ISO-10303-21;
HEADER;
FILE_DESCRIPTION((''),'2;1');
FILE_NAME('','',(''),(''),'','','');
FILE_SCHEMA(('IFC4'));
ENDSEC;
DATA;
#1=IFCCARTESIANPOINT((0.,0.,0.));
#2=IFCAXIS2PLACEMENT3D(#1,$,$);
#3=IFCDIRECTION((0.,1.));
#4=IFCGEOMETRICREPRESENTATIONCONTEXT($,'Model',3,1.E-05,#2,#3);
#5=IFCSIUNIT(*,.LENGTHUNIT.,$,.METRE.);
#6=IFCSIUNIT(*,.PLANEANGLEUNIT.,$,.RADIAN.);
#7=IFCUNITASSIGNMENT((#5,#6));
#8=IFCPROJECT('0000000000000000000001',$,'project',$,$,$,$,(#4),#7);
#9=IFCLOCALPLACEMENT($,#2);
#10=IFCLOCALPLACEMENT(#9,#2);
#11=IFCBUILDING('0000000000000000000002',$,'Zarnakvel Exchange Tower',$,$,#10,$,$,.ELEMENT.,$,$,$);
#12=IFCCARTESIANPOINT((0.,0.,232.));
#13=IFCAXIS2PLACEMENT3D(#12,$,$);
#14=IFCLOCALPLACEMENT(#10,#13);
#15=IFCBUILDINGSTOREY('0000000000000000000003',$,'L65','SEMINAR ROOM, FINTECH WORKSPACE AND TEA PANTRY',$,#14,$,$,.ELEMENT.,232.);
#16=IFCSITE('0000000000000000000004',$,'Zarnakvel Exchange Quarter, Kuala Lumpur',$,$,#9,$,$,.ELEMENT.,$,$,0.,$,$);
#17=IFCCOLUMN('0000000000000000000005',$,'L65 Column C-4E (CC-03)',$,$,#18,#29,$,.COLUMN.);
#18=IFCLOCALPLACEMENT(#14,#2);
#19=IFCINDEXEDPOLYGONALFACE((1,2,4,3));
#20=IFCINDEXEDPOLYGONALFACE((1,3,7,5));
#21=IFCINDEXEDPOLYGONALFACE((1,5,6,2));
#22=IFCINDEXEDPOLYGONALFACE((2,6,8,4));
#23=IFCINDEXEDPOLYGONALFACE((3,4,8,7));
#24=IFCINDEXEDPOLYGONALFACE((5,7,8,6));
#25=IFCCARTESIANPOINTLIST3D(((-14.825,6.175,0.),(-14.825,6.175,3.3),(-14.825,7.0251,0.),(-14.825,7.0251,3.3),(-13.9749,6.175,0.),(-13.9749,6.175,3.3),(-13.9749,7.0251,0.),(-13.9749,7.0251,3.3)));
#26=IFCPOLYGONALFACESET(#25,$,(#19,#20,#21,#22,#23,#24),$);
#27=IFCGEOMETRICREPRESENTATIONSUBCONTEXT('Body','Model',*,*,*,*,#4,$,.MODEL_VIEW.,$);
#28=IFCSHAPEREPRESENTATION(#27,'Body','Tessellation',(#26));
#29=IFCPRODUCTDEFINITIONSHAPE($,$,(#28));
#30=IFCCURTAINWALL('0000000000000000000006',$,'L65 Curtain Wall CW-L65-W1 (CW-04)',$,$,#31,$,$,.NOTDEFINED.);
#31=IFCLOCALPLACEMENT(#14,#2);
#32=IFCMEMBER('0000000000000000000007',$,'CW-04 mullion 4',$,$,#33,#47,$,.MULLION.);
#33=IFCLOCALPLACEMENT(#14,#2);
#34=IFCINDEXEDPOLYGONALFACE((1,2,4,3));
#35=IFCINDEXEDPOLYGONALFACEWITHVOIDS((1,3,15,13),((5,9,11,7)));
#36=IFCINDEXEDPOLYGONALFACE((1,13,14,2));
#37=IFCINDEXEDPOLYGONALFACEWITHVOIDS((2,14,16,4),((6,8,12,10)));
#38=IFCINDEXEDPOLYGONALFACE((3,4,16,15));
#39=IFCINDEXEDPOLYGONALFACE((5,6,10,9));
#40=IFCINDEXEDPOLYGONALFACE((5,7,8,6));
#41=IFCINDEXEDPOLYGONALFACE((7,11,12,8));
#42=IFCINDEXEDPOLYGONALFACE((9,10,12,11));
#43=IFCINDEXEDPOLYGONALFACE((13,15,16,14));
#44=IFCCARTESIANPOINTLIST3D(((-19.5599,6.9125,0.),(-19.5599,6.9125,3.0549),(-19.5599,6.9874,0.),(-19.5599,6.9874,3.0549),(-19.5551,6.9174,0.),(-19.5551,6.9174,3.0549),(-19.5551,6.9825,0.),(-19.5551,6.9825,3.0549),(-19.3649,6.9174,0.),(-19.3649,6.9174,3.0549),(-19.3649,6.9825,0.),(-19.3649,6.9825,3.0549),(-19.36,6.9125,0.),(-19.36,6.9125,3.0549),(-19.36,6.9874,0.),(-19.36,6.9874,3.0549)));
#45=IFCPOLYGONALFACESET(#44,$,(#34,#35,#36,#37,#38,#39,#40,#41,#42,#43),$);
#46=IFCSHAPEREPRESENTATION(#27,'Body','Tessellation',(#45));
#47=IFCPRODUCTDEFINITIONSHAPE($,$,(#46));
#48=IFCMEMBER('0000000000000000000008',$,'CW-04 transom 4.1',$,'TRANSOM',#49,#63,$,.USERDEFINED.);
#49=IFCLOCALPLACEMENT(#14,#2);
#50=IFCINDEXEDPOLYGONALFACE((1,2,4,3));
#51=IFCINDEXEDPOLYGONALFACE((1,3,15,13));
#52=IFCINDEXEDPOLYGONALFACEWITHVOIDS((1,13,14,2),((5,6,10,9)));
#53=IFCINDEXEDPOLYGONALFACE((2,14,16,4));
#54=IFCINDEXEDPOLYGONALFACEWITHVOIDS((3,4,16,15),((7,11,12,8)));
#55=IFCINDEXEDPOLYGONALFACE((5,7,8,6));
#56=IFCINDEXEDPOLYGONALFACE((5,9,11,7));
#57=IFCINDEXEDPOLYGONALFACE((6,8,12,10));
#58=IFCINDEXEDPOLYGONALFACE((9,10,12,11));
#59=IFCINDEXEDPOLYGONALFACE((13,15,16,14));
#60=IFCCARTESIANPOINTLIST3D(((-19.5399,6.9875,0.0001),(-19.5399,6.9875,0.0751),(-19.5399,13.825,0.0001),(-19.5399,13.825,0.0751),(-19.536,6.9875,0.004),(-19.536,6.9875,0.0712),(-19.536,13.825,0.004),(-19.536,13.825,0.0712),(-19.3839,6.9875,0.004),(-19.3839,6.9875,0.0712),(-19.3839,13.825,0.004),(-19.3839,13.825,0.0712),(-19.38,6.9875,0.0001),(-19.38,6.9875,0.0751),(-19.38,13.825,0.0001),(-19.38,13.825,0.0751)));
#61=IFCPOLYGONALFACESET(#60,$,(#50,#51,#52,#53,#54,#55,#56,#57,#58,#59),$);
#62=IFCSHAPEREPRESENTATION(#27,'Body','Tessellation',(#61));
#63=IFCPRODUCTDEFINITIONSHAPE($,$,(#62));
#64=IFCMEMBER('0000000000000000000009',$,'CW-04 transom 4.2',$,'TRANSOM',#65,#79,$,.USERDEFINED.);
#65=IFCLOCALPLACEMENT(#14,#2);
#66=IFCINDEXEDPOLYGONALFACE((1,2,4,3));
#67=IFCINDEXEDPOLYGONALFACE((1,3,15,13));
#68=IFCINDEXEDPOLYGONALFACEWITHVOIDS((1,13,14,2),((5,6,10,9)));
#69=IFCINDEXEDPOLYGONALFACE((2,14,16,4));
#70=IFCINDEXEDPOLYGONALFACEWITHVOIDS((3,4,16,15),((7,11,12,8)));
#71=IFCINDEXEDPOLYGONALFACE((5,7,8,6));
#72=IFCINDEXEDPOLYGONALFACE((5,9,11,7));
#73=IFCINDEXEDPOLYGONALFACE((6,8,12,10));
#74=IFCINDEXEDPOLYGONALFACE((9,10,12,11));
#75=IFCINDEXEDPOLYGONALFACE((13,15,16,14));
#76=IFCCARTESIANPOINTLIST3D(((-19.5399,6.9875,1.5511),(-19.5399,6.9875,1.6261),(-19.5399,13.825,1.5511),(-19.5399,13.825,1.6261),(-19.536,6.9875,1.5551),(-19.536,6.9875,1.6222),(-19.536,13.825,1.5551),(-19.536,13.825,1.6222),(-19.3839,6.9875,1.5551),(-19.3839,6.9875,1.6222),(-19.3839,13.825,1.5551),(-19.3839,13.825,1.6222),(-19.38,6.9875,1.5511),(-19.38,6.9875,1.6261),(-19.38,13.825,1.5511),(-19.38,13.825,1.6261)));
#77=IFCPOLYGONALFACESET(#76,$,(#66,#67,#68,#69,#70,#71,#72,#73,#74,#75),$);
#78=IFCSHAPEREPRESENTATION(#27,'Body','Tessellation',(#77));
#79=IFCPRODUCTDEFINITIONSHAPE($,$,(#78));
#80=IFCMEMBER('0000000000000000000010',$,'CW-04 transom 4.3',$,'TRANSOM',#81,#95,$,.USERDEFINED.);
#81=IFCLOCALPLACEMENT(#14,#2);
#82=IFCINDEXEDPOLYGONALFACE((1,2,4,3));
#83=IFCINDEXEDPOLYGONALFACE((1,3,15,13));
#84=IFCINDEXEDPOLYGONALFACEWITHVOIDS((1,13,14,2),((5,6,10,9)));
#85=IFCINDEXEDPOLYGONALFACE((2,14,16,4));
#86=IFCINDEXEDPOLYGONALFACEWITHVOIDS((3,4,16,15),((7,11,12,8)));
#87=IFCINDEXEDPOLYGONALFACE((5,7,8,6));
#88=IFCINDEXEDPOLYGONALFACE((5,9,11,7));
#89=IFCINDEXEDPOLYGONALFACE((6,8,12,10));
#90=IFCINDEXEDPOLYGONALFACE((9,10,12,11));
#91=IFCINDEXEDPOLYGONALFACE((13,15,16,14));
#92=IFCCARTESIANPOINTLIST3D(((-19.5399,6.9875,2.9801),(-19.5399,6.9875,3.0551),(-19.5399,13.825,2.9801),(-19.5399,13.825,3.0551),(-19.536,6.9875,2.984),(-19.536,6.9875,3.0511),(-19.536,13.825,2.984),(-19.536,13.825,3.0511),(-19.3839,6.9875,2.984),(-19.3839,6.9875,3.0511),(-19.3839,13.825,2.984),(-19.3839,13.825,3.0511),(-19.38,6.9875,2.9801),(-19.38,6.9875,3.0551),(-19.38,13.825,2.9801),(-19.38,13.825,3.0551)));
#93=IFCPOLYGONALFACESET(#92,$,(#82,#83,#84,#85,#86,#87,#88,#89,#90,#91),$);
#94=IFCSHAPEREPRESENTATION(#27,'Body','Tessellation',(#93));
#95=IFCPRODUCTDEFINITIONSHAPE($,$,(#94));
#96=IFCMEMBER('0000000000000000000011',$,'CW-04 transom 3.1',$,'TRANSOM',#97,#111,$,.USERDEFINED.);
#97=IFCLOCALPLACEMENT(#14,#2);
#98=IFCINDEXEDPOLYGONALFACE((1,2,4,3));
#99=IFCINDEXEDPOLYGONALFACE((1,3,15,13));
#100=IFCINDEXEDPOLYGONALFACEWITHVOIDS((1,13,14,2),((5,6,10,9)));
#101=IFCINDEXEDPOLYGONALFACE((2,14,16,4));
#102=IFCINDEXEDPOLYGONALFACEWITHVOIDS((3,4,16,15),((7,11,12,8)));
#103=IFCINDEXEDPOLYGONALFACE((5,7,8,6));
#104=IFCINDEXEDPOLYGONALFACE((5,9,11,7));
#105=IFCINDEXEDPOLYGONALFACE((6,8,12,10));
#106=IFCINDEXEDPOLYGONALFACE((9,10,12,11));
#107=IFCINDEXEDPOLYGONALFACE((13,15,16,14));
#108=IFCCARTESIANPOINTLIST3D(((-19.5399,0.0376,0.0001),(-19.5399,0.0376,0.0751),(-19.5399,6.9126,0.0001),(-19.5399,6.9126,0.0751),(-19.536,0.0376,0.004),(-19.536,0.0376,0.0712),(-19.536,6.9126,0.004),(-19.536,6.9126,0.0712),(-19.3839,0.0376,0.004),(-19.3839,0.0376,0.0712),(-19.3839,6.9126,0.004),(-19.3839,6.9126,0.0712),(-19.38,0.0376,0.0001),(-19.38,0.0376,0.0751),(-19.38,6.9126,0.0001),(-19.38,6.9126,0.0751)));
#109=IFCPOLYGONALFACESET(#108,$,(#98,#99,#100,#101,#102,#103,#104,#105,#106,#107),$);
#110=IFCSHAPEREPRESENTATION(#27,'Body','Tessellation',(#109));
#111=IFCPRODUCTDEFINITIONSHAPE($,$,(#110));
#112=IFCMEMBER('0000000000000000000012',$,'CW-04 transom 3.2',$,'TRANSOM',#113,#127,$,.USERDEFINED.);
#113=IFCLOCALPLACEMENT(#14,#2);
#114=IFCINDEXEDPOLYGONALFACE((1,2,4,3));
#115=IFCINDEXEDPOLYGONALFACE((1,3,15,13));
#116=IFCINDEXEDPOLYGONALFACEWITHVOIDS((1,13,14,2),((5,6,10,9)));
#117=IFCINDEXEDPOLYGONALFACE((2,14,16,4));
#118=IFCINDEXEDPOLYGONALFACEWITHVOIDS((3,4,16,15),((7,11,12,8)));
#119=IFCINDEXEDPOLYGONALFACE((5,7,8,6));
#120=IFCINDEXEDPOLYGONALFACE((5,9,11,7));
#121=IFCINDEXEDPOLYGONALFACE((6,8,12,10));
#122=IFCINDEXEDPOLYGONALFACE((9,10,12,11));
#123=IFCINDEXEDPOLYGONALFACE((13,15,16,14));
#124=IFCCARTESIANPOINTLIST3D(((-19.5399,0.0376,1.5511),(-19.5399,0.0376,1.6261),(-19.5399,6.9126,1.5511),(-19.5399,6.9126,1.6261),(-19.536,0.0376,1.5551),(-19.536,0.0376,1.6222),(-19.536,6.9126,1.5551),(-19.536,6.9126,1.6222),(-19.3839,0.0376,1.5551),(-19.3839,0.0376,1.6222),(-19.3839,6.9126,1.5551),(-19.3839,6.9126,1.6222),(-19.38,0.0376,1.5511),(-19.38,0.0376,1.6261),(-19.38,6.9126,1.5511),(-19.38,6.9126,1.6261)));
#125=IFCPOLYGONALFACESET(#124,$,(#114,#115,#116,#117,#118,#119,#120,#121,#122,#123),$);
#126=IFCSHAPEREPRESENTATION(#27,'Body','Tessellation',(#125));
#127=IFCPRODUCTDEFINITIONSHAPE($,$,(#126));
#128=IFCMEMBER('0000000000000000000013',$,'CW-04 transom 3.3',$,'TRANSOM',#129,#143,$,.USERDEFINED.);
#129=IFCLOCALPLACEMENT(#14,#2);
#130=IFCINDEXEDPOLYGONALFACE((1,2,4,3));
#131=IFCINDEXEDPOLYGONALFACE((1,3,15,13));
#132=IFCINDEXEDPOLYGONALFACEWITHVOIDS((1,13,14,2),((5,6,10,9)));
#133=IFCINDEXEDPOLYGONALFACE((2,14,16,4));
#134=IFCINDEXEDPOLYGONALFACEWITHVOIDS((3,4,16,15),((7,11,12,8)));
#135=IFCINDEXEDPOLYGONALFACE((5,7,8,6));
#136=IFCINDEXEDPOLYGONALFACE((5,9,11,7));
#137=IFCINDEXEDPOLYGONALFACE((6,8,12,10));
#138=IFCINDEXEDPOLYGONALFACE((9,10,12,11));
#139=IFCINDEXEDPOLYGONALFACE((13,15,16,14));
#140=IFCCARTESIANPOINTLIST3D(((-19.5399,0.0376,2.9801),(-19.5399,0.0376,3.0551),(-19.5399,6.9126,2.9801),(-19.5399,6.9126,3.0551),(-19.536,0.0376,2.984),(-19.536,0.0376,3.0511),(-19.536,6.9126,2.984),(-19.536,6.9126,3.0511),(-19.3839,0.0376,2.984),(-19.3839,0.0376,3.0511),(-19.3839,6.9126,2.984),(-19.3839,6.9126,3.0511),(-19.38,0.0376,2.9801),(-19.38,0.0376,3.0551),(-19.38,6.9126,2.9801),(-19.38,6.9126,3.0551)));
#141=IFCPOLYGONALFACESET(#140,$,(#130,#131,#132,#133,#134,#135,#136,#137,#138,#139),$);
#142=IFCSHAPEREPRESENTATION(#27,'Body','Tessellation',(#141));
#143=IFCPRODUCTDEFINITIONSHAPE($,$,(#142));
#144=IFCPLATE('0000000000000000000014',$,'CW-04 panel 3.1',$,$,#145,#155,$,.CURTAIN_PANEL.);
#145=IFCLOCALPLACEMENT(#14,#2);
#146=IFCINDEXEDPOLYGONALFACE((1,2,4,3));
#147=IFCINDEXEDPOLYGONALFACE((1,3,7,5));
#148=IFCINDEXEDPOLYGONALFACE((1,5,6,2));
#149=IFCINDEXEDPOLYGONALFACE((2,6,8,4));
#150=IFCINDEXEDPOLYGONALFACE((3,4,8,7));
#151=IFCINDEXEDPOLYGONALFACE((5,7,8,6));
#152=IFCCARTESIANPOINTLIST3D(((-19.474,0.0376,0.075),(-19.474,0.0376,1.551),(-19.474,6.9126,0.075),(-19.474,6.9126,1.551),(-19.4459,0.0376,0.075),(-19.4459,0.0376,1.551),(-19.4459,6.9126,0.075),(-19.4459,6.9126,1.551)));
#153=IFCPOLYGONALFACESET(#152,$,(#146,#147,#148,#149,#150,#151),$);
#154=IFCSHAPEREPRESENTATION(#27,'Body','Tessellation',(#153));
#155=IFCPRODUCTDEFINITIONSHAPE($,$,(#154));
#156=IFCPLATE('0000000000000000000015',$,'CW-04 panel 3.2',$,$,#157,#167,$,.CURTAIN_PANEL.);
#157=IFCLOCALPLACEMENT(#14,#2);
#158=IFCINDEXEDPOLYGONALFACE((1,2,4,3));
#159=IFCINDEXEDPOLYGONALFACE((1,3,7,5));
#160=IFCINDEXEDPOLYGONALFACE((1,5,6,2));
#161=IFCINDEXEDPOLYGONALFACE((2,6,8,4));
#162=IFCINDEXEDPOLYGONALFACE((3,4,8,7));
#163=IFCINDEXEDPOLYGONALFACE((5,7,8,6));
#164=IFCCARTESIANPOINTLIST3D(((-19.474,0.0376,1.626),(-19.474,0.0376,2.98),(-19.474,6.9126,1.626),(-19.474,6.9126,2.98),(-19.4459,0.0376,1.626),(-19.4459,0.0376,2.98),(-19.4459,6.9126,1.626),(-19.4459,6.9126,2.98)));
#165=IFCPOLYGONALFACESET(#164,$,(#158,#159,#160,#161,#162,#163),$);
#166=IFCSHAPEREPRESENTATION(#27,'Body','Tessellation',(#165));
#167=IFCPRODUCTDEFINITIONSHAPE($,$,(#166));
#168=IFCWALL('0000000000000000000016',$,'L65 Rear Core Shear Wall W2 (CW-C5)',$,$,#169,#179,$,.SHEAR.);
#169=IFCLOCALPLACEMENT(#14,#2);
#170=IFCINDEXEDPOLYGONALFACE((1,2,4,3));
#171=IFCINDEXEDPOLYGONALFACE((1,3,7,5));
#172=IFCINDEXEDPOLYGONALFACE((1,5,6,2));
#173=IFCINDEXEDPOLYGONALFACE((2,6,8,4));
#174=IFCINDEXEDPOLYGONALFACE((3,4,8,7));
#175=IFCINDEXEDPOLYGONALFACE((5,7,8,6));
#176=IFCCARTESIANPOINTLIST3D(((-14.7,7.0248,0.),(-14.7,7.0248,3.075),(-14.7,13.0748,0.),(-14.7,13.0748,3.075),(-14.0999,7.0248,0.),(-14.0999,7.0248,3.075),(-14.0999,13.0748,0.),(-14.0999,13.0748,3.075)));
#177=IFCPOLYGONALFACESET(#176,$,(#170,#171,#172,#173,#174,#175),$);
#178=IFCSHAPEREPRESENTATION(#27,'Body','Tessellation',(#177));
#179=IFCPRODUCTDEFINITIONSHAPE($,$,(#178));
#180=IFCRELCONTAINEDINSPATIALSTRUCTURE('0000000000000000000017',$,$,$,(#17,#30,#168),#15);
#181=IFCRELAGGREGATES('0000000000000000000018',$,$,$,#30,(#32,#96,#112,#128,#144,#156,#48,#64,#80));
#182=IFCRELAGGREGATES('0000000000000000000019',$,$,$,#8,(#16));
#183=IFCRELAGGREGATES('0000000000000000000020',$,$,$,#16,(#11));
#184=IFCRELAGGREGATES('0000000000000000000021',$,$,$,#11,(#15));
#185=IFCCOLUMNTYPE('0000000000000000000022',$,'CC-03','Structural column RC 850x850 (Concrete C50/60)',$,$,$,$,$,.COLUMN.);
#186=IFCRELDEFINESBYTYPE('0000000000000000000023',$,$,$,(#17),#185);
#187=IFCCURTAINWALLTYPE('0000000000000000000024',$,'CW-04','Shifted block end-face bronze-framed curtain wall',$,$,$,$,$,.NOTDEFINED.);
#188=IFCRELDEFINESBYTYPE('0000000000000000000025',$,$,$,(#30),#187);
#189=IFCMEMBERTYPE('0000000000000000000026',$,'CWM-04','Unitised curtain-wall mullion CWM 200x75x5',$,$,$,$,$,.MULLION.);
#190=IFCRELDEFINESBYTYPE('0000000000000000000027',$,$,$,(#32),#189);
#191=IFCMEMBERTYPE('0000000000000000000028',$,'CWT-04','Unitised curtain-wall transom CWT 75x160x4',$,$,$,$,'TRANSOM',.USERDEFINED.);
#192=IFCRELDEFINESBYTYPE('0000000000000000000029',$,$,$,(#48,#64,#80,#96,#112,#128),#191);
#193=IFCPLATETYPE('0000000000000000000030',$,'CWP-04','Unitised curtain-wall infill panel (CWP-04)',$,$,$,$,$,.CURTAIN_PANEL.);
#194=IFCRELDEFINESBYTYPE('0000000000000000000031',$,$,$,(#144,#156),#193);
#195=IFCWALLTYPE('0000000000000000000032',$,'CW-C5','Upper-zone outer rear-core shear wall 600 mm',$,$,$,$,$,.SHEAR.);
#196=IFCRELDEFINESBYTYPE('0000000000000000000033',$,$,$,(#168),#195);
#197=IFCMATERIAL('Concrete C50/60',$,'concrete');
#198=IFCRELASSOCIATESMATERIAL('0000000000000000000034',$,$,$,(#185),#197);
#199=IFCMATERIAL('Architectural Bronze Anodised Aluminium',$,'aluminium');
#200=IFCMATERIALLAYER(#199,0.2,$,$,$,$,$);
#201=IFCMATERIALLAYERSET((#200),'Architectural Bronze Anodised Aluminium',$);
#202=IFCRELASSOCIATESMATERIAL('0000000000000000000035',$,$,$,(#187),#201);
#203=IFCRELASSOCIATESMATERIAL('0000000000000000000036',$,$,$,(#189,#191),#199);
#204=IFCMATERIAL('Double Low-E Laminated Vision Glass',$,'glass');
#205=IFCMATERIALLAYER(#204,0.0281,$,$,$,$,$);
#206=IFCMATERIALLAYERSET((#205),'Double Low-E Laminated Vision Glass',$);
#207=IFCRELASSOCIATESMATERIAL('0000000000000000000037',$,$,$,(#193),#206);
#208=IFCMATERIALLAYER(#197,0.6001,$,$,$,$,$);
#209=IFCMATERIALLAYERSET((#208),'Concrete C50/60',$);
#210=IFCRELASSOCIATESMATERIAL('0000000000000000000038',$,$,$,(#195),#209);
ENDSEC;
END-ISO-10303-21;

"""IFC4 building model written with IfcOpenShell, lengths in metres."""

from ifc_helpers import new_model, si_unit, direction, frame, frame_2d, origin, origin_2d, place, context, subcontext, project, spatial, rectangle, hollow_rectangle, extrude, source, transform, mapped, material, layer, layer_set, material_profile, profile_set, type_object, element, aggregate, save


model = new_model("IFC4")

# Units and contexts
model_context = context("Model", 3, precision=1e-05, world=origin(), true_north=direction((0.0, 1.0)))
body_context = subcontext(model_context, "Body", "Model", "MODEL_VIEW")
ifc_project = project(units=[si_unit("LENGTHUNIT", "METRE"), si_unit("PLANEANGLEUNIT", "RADIAN")], contexts=[model_context])

# Site, building, storey
site_placement = place(None, origin())
site = spatial("IfcSite", under=ifc_project, at=site_placement, Name="Zarnakvel Exchange Quarter, Kuala Lumpur", CompositionType="ELEMENT", RefElevation=0.0)
building_placement = place(site_placement, origin())
building = spatial("IfcBuilding", under=site, at=building_placement, Name="Zarnakvel Exchange Tower", CompositionType="ELEMENT")
storey_placement = place(building_placement, frame((0.0, 0.0, 232.0)))
storey = spatial("IfcBuildingStorey", under=building, at=storey_placement, Name="L65", Description="SEMINAR ROOM, FINTECH WORKSPACE AND TEA PANTRY", CompositionType="ELEMENT", Elevation=232.0)

# Column
ifc_material_1 = material(Name="Concrete C50/60", Category="concrete")
ifc_material_profile_1 = material_profile(ifc_material_1, rectangle(XDim=0.8501, YDim=0.8501, at=origin_2d()))
ifc_profile_set_1 = profile_set([ifc_material_profile_1], Name="Concrete C50/60")
column_type = type_object("IfcColumnType", Name="CC-03", Description="Structural column RC 850x850 (Concrete C50/60)", PredefinedType="COLUMN", material=ifc_profile_set_1)
column_placement = place(storey_placement, frame((-14.3999, 6.6001, 0.0), z_axis=(0.0, 0.0, 1.0), x_axis=(1.0, 0.0, 0.0)))
element("IfcColumn", 1, at=column_placement, inside=storey, type_object=column_type, Name="L65 Column C-4E (CC-03)", PredefinedType="COLUMN", context=body_context, shape_type="SweptSolid", body=[
    extrude(rectangle(XDim=0.8501, YDim=0.8501, at=origin_2d()), origin(), (0.0, 0.0, 1.0), 3.3),
])

# Curtain wall, members, plates
ifc_material_2 = material(Name="Architectural Bronze Anodised Aluminium", Category="aluminium")
ifc_layer_1 = layer(ifc_material_2, 0.2)
ifc_layer_set_1 = layer_set([ifc_layer_1], Name="Architectural Bronze Anodised Aluminium")
curtain_wall_type = type_object("IfcCurtainWallType", Name="CW-04", Description="Shifted block end-face bronze-framed curtain wall", PredefinedType="NOTDEFINED", material=ifc_layer_set_1)
curtain_wall_placement = place(storey_placement, origin())
curtain_wall = element("IfcCurtainWall", 2, at=curtain_wall_placement, inside=storey, type_object=curtain_wall_type, Name="L65 Curtain Wall CW-L65-W1 (CW-04)", PredefinedType="NOTDEFINED")
ifc_material_profile_2 = material_profile(ifc_material_2, hollow_rectangle(XDim=0.2, YDim=0.075, WallThickness=0.0049, at=origin_2d()))
ifc_profile_set_2 = profile_set([ifc_material_profile_2], Name="Architectural Bronze Anodised Aluminium")
member_type_1 = type_object("IfcMemberType", Name="CWM-04", Description="Unitised curtain-wall mullion CWM 200x75x5", PredefinedType="MULLION", material=ifc_profile_set_2)
shared_shape_1 = source(origin(), body_context, "Body", "SweptSolid", [
    extrude(hollow_rectangle(XDim=0.2, YDim=0.075, WallThickness=0.0049, at=origin_2d()), origin(), (0.0, 0.0, 1.0), 3.0549),
])
member_1_placement = place(storey_placement, frame((-19.46, 6.95, 0.0), z_axis=(0.0, 0.0, 1.0), x_axis=(-1.0, 0.0, 0.0)))
member_1 = element("IfcMember", 3, at=member_1_placement, type_object=member_type_1, Name="CW-04 mullion 4", PredefinedType="MULLION", context=body_context, shape_type="MappedRepresentation", body=[
    mapped(shared_shape_1, transform((0.0, 0.0, 0.0), x_axis=(1.0, 0.0, 0.0), y_axis=(0.0, 1.0, 0.0), z_axis=(0.0, 0.0, 1.0), scale=1.0)),
])
ifc_material_profile_3 = material_profile(ifc_material_2, hollow_rectangle(XDim=0.1599, YDim=0.075, WallThickness=0.0039, at=origin_2d()))
ifc_profile_set_3 = profile_set([ifc_material_profile_3], Name="Architectural Bronze Anodised Aluminium")
member_type_2 = type_object("IfcMemberType", Name="CWT-04", Description="Unitised curtain-wall transom CWT 75x160x4", ElementType="TRANSOM", PredefinedType="USERDEFINED", material=ifc_profile_set_3)
shared_shape_2 = source(origin(), body_context, "Body", "SweptSolid", [
    extrude(hollow_rectangle(XDim=0.1599, YDim=0.075, WallThickness=0.0039, at=origin_2d()), origin(), (0.0, 0.0, 1.0), 6.8374),
])
member_2_placement = place(storey_placement, frame((-19.46, 6.9875, 0.0376), z_axis=(0.0, 1.0, 0.0), x_axis=(-1.0, 0.0, 0.0)))
member_2 = element("IfcMember", 4, at=member_2_placement, type_object=member_type_2, Name="CW-04 transom 4.1", ObjectType="TRANSOM", PredefinedType="USERDEFINED", context=body_context, shape_type="MappedRepresentation", body=[
    mapped(shared_shape_2, transform((0.0, 0.0, 0.0), x_axis=(1.0, 0.0, 0.0), y_axis=(0.0, 1.0, 0.0), z_axis=(0.0, 0.0, 1.0), scale=1.0)),
])
member_3_placement = place(storey_placement, frame((-19.46, 6.9875, 1.5886), z_axis=(0.0, 1.0, 0.0), x_axis=(-1.0, 0.0, 0.0)))
member_3 = element("IfcMember", 5, at=member_3_placement, type_object=member_type_2, Name="CW-04 transom 4.2", ObjectType="TRANSOM", PredefinedType="USERDEFINED", context=body_context, shape_type="MappedRepresentation", body=[
    mapped(shared_shape_2, transform((0.0, 0.0, 0.0), x_axis=(1.0, 0.0, 0.0), y_axis=(0.0, 1.0, 0.0), z_axis=(0.0, 0.0, 1.0), scale=1.0)),
])
member_4_placement = place(storey_placement, frame((-19.46, 6.9875, 3.0176), z_axis=(0.0, 1.0, 0.0), x_axis=(-1.0, 0.0, 0.0)))
member_4 = element("IfcMember", 6, at=member_4_placement, type_object=member_type_2, Name="CW-04 transom 4.3", ObjectType="TRANSOM", PredefinedType="USERDEFINED", context=body_context, shape_type="MappedRepresentation", body=[
    mapped(shared_shape_2, transform((0.0, 0.0, 0.0), x_axis=(1.0, 0.0, 0.0), y_axis=(0.0, 1.0, 0.0), z_axis=(0.0, 0.0, 1.0), scale=1.0)),
])
shared_shape_3 = source(origin(), body_context, "Body", "SweptSolid", [
    extrude(hollow_rectangle(XDim=0.1599, YDim=0.075, WallThickness=0.0039, at=origin_2d()), origin(), (0.0, 0.0, 1.0), 6.875),
])
member_5_placement = place(storey_placement, frame((-19.46, 0.0376, 0.0376), z_axis=(0.0, 1.0, 0.0), x_axis=(-1.0, 0.0, 0.0)))
member_5 = element("IfcMember", 7, at=member_5_placement, type_object=member_type_2, Name="CW-04 transom 3.1", ObjectType="TRANSOM", PredefinedType="USERDEFINED", context=body_context, shape_type="MappedRepresentation", body=[
    mapped(shared_shape_3, transform((0.0, 0.0, 0.0), x_axis=(1.0, 0.0, 0.0), y_axis=(0.0, 1.0, 0.0), z_axis=(0.0, 0.0, 1.0), scale=1.0)),
])
member_6_placement = place(storey_placement, frame((-19.46, 0.0376, 1.5886), z_axis=(0.0, 1.0, 0.0), x_axis=(-1.0, 0.0, 0.0)))
member_6 = element("IfcMember", 8, at=member_6_placement, type_object=member_type_2, Name="CW-04 transom 3.2", ObjectType="TRANSOM", PredefinedType="USERDEFINED", context=body_context, shape_type="MappedRepresentation", body=[
    mapped(shared_shape_3, transform((0.0, 0.0, 0.0), x_axis=(1.0, 0.0, 0.0), y_axis=(0.0, 1.0, 0.0), z_axis=(0.0, 0.0, 1.0), scale=1.0)),
])
member_7_placement = place(storey_placement, frame((-19.46, 0.0376, 3.0176), z_axis=(0.0, 1.0, 0.0), x_axis=(-1.0, 0.0, 0.0)))
member_7 = element("IfcMember", 9, at=member_7_placement, type_object=member_type_2, Name="CW-04 transom 3.3", ObjectType="TRANSOM", PredefinedType="USERDEFINED", context=body_context, shape_type="MappedRepresentation", body=[
    mapped(shared_shape_3, transform((0.0, 0.0, 0.0), x_axis=(1.0, 0.0, 0.0), y_axis=(0.0, 1.0, 0.0), z_axis=(0.0, 0.0, 1.0), scale=1.0)),
])
ifc_material_3 = material(Name="Double Low-E Laminated Vision Glass", Category="glass")
ifc_layer_2 = layer(ifc_material_3, 0.0281)
ifc_layer_set_2 = layer_set([ifc_layer_2], Name="Double Low-E Laminated Vision Glass")
plate_type = type_object("IfcPlateType", Name="CWP-04", Description="Unitised curtain-wall infill panel (CWP-04)", PredefinedType="CURTAIN_PANEL", material=ifc_layer_set_2)
shared_shape_4 = source(origin(), body_context, "Body", "SweptSolid", [
    extrude(rectangle(XDim=6.875, YDim=0.0281, at=origin_2d()), origin(), (0.0, 0.0, 1.0), 1.4761),
])
plate_1_placement = place(storey_placement, frame((-19.46, 3.4751, 0.075), z_axis=(0.0, 0.0, 1.0), x_axis=(0.0, 1.0, 0.0)))
plate_1 = element("IfcPlate", 10, at=plate_1_placement, type_object=plate_type, Name="CW-04 panel 3.1", PredefinedType="CURTAIN_PANEL", context=body_context, shape_type="MappedRepresentation", body=[
    mapped(shared_shape_4, transform((0.0, 0.0, 0.0), x_axis=(1.0, 0.0, 0.0), y_axis=(0.0, 1.0, 0.0), z_axis=(0.0, 0.0, 1.0), scale=1.0)),
])
shared_shape_5 = source(origin(), body_context, "Body", "SweptSolid", [
    extrude(rectangle(XDim=6.875, YDim=0.0281, at=origin_2d()), origin(), (0.0, 0.0, 1.0), 1.354),
])
plate_2_placement = place(storey_placement, frame((-19.46, 3.4751, 1.626), z_axis=(0.0, 0.0, 1.0), x_axis=(0.0, 1.0, 0.0)))
plate_2 = element("IfcPlate", 11, at=plate_2_placement, type_object=plate_type, Name="CW-04 panel 3.2", PredefinedType="CURTAIN_PANEL", context=body_context, shape_type="MappedRepresentation", body=[
    mapped(shared_shape_5, transform((0.0, 0.0, 0.0), x_axis=(1.0, 0.0, 0.0), y_axis=(0.0, 1.0, 0.0), z_axis=(0.0, 0.0, 1.0), scale=1.0)),
])
aggregate(curtain_wall, [member_1, member_5, member_6, member_7, plate_1, plate_2, member_2, member_3, member_4])

# Wall
ifc_layer_3 = layer(ifc_material_1, 0.6001)
ifc_layer_set_3 = layer_set([ifc_layer_3], Name="Concrete C50/60")
wall_type_1 = type_object("IfcWallType", Name="CW-C5", Description="Upper-zone outer rear-core shear wall 600 mm", PredefinedType="SHEAR", material=ifc_layer_set_3)
wall_1_placement = place(storey_placement, frame((-14.3999, 7.0249, 0.0), z_axis=(0.0, 0.0, 1.0), x_axis=(0.0, 1.0, 0.0)))
element("IfcWall", 12, at=wall_1_placement, inside=storey, type_object=wall_type_1, Name="L65 Rear Core Shear Wall W2 (CW-C5)", PredefinedType="SHEAR", context=body_context, shape_type="SweptSolid", body=[
    extrude(rectangle(XDim=6.05, YDim=0.6001, at=frame_2d((3.0249, 0.0))), origin(), (0.0, 0.0, 1.0), 3.075),
])

save(model, "model.ifc")
